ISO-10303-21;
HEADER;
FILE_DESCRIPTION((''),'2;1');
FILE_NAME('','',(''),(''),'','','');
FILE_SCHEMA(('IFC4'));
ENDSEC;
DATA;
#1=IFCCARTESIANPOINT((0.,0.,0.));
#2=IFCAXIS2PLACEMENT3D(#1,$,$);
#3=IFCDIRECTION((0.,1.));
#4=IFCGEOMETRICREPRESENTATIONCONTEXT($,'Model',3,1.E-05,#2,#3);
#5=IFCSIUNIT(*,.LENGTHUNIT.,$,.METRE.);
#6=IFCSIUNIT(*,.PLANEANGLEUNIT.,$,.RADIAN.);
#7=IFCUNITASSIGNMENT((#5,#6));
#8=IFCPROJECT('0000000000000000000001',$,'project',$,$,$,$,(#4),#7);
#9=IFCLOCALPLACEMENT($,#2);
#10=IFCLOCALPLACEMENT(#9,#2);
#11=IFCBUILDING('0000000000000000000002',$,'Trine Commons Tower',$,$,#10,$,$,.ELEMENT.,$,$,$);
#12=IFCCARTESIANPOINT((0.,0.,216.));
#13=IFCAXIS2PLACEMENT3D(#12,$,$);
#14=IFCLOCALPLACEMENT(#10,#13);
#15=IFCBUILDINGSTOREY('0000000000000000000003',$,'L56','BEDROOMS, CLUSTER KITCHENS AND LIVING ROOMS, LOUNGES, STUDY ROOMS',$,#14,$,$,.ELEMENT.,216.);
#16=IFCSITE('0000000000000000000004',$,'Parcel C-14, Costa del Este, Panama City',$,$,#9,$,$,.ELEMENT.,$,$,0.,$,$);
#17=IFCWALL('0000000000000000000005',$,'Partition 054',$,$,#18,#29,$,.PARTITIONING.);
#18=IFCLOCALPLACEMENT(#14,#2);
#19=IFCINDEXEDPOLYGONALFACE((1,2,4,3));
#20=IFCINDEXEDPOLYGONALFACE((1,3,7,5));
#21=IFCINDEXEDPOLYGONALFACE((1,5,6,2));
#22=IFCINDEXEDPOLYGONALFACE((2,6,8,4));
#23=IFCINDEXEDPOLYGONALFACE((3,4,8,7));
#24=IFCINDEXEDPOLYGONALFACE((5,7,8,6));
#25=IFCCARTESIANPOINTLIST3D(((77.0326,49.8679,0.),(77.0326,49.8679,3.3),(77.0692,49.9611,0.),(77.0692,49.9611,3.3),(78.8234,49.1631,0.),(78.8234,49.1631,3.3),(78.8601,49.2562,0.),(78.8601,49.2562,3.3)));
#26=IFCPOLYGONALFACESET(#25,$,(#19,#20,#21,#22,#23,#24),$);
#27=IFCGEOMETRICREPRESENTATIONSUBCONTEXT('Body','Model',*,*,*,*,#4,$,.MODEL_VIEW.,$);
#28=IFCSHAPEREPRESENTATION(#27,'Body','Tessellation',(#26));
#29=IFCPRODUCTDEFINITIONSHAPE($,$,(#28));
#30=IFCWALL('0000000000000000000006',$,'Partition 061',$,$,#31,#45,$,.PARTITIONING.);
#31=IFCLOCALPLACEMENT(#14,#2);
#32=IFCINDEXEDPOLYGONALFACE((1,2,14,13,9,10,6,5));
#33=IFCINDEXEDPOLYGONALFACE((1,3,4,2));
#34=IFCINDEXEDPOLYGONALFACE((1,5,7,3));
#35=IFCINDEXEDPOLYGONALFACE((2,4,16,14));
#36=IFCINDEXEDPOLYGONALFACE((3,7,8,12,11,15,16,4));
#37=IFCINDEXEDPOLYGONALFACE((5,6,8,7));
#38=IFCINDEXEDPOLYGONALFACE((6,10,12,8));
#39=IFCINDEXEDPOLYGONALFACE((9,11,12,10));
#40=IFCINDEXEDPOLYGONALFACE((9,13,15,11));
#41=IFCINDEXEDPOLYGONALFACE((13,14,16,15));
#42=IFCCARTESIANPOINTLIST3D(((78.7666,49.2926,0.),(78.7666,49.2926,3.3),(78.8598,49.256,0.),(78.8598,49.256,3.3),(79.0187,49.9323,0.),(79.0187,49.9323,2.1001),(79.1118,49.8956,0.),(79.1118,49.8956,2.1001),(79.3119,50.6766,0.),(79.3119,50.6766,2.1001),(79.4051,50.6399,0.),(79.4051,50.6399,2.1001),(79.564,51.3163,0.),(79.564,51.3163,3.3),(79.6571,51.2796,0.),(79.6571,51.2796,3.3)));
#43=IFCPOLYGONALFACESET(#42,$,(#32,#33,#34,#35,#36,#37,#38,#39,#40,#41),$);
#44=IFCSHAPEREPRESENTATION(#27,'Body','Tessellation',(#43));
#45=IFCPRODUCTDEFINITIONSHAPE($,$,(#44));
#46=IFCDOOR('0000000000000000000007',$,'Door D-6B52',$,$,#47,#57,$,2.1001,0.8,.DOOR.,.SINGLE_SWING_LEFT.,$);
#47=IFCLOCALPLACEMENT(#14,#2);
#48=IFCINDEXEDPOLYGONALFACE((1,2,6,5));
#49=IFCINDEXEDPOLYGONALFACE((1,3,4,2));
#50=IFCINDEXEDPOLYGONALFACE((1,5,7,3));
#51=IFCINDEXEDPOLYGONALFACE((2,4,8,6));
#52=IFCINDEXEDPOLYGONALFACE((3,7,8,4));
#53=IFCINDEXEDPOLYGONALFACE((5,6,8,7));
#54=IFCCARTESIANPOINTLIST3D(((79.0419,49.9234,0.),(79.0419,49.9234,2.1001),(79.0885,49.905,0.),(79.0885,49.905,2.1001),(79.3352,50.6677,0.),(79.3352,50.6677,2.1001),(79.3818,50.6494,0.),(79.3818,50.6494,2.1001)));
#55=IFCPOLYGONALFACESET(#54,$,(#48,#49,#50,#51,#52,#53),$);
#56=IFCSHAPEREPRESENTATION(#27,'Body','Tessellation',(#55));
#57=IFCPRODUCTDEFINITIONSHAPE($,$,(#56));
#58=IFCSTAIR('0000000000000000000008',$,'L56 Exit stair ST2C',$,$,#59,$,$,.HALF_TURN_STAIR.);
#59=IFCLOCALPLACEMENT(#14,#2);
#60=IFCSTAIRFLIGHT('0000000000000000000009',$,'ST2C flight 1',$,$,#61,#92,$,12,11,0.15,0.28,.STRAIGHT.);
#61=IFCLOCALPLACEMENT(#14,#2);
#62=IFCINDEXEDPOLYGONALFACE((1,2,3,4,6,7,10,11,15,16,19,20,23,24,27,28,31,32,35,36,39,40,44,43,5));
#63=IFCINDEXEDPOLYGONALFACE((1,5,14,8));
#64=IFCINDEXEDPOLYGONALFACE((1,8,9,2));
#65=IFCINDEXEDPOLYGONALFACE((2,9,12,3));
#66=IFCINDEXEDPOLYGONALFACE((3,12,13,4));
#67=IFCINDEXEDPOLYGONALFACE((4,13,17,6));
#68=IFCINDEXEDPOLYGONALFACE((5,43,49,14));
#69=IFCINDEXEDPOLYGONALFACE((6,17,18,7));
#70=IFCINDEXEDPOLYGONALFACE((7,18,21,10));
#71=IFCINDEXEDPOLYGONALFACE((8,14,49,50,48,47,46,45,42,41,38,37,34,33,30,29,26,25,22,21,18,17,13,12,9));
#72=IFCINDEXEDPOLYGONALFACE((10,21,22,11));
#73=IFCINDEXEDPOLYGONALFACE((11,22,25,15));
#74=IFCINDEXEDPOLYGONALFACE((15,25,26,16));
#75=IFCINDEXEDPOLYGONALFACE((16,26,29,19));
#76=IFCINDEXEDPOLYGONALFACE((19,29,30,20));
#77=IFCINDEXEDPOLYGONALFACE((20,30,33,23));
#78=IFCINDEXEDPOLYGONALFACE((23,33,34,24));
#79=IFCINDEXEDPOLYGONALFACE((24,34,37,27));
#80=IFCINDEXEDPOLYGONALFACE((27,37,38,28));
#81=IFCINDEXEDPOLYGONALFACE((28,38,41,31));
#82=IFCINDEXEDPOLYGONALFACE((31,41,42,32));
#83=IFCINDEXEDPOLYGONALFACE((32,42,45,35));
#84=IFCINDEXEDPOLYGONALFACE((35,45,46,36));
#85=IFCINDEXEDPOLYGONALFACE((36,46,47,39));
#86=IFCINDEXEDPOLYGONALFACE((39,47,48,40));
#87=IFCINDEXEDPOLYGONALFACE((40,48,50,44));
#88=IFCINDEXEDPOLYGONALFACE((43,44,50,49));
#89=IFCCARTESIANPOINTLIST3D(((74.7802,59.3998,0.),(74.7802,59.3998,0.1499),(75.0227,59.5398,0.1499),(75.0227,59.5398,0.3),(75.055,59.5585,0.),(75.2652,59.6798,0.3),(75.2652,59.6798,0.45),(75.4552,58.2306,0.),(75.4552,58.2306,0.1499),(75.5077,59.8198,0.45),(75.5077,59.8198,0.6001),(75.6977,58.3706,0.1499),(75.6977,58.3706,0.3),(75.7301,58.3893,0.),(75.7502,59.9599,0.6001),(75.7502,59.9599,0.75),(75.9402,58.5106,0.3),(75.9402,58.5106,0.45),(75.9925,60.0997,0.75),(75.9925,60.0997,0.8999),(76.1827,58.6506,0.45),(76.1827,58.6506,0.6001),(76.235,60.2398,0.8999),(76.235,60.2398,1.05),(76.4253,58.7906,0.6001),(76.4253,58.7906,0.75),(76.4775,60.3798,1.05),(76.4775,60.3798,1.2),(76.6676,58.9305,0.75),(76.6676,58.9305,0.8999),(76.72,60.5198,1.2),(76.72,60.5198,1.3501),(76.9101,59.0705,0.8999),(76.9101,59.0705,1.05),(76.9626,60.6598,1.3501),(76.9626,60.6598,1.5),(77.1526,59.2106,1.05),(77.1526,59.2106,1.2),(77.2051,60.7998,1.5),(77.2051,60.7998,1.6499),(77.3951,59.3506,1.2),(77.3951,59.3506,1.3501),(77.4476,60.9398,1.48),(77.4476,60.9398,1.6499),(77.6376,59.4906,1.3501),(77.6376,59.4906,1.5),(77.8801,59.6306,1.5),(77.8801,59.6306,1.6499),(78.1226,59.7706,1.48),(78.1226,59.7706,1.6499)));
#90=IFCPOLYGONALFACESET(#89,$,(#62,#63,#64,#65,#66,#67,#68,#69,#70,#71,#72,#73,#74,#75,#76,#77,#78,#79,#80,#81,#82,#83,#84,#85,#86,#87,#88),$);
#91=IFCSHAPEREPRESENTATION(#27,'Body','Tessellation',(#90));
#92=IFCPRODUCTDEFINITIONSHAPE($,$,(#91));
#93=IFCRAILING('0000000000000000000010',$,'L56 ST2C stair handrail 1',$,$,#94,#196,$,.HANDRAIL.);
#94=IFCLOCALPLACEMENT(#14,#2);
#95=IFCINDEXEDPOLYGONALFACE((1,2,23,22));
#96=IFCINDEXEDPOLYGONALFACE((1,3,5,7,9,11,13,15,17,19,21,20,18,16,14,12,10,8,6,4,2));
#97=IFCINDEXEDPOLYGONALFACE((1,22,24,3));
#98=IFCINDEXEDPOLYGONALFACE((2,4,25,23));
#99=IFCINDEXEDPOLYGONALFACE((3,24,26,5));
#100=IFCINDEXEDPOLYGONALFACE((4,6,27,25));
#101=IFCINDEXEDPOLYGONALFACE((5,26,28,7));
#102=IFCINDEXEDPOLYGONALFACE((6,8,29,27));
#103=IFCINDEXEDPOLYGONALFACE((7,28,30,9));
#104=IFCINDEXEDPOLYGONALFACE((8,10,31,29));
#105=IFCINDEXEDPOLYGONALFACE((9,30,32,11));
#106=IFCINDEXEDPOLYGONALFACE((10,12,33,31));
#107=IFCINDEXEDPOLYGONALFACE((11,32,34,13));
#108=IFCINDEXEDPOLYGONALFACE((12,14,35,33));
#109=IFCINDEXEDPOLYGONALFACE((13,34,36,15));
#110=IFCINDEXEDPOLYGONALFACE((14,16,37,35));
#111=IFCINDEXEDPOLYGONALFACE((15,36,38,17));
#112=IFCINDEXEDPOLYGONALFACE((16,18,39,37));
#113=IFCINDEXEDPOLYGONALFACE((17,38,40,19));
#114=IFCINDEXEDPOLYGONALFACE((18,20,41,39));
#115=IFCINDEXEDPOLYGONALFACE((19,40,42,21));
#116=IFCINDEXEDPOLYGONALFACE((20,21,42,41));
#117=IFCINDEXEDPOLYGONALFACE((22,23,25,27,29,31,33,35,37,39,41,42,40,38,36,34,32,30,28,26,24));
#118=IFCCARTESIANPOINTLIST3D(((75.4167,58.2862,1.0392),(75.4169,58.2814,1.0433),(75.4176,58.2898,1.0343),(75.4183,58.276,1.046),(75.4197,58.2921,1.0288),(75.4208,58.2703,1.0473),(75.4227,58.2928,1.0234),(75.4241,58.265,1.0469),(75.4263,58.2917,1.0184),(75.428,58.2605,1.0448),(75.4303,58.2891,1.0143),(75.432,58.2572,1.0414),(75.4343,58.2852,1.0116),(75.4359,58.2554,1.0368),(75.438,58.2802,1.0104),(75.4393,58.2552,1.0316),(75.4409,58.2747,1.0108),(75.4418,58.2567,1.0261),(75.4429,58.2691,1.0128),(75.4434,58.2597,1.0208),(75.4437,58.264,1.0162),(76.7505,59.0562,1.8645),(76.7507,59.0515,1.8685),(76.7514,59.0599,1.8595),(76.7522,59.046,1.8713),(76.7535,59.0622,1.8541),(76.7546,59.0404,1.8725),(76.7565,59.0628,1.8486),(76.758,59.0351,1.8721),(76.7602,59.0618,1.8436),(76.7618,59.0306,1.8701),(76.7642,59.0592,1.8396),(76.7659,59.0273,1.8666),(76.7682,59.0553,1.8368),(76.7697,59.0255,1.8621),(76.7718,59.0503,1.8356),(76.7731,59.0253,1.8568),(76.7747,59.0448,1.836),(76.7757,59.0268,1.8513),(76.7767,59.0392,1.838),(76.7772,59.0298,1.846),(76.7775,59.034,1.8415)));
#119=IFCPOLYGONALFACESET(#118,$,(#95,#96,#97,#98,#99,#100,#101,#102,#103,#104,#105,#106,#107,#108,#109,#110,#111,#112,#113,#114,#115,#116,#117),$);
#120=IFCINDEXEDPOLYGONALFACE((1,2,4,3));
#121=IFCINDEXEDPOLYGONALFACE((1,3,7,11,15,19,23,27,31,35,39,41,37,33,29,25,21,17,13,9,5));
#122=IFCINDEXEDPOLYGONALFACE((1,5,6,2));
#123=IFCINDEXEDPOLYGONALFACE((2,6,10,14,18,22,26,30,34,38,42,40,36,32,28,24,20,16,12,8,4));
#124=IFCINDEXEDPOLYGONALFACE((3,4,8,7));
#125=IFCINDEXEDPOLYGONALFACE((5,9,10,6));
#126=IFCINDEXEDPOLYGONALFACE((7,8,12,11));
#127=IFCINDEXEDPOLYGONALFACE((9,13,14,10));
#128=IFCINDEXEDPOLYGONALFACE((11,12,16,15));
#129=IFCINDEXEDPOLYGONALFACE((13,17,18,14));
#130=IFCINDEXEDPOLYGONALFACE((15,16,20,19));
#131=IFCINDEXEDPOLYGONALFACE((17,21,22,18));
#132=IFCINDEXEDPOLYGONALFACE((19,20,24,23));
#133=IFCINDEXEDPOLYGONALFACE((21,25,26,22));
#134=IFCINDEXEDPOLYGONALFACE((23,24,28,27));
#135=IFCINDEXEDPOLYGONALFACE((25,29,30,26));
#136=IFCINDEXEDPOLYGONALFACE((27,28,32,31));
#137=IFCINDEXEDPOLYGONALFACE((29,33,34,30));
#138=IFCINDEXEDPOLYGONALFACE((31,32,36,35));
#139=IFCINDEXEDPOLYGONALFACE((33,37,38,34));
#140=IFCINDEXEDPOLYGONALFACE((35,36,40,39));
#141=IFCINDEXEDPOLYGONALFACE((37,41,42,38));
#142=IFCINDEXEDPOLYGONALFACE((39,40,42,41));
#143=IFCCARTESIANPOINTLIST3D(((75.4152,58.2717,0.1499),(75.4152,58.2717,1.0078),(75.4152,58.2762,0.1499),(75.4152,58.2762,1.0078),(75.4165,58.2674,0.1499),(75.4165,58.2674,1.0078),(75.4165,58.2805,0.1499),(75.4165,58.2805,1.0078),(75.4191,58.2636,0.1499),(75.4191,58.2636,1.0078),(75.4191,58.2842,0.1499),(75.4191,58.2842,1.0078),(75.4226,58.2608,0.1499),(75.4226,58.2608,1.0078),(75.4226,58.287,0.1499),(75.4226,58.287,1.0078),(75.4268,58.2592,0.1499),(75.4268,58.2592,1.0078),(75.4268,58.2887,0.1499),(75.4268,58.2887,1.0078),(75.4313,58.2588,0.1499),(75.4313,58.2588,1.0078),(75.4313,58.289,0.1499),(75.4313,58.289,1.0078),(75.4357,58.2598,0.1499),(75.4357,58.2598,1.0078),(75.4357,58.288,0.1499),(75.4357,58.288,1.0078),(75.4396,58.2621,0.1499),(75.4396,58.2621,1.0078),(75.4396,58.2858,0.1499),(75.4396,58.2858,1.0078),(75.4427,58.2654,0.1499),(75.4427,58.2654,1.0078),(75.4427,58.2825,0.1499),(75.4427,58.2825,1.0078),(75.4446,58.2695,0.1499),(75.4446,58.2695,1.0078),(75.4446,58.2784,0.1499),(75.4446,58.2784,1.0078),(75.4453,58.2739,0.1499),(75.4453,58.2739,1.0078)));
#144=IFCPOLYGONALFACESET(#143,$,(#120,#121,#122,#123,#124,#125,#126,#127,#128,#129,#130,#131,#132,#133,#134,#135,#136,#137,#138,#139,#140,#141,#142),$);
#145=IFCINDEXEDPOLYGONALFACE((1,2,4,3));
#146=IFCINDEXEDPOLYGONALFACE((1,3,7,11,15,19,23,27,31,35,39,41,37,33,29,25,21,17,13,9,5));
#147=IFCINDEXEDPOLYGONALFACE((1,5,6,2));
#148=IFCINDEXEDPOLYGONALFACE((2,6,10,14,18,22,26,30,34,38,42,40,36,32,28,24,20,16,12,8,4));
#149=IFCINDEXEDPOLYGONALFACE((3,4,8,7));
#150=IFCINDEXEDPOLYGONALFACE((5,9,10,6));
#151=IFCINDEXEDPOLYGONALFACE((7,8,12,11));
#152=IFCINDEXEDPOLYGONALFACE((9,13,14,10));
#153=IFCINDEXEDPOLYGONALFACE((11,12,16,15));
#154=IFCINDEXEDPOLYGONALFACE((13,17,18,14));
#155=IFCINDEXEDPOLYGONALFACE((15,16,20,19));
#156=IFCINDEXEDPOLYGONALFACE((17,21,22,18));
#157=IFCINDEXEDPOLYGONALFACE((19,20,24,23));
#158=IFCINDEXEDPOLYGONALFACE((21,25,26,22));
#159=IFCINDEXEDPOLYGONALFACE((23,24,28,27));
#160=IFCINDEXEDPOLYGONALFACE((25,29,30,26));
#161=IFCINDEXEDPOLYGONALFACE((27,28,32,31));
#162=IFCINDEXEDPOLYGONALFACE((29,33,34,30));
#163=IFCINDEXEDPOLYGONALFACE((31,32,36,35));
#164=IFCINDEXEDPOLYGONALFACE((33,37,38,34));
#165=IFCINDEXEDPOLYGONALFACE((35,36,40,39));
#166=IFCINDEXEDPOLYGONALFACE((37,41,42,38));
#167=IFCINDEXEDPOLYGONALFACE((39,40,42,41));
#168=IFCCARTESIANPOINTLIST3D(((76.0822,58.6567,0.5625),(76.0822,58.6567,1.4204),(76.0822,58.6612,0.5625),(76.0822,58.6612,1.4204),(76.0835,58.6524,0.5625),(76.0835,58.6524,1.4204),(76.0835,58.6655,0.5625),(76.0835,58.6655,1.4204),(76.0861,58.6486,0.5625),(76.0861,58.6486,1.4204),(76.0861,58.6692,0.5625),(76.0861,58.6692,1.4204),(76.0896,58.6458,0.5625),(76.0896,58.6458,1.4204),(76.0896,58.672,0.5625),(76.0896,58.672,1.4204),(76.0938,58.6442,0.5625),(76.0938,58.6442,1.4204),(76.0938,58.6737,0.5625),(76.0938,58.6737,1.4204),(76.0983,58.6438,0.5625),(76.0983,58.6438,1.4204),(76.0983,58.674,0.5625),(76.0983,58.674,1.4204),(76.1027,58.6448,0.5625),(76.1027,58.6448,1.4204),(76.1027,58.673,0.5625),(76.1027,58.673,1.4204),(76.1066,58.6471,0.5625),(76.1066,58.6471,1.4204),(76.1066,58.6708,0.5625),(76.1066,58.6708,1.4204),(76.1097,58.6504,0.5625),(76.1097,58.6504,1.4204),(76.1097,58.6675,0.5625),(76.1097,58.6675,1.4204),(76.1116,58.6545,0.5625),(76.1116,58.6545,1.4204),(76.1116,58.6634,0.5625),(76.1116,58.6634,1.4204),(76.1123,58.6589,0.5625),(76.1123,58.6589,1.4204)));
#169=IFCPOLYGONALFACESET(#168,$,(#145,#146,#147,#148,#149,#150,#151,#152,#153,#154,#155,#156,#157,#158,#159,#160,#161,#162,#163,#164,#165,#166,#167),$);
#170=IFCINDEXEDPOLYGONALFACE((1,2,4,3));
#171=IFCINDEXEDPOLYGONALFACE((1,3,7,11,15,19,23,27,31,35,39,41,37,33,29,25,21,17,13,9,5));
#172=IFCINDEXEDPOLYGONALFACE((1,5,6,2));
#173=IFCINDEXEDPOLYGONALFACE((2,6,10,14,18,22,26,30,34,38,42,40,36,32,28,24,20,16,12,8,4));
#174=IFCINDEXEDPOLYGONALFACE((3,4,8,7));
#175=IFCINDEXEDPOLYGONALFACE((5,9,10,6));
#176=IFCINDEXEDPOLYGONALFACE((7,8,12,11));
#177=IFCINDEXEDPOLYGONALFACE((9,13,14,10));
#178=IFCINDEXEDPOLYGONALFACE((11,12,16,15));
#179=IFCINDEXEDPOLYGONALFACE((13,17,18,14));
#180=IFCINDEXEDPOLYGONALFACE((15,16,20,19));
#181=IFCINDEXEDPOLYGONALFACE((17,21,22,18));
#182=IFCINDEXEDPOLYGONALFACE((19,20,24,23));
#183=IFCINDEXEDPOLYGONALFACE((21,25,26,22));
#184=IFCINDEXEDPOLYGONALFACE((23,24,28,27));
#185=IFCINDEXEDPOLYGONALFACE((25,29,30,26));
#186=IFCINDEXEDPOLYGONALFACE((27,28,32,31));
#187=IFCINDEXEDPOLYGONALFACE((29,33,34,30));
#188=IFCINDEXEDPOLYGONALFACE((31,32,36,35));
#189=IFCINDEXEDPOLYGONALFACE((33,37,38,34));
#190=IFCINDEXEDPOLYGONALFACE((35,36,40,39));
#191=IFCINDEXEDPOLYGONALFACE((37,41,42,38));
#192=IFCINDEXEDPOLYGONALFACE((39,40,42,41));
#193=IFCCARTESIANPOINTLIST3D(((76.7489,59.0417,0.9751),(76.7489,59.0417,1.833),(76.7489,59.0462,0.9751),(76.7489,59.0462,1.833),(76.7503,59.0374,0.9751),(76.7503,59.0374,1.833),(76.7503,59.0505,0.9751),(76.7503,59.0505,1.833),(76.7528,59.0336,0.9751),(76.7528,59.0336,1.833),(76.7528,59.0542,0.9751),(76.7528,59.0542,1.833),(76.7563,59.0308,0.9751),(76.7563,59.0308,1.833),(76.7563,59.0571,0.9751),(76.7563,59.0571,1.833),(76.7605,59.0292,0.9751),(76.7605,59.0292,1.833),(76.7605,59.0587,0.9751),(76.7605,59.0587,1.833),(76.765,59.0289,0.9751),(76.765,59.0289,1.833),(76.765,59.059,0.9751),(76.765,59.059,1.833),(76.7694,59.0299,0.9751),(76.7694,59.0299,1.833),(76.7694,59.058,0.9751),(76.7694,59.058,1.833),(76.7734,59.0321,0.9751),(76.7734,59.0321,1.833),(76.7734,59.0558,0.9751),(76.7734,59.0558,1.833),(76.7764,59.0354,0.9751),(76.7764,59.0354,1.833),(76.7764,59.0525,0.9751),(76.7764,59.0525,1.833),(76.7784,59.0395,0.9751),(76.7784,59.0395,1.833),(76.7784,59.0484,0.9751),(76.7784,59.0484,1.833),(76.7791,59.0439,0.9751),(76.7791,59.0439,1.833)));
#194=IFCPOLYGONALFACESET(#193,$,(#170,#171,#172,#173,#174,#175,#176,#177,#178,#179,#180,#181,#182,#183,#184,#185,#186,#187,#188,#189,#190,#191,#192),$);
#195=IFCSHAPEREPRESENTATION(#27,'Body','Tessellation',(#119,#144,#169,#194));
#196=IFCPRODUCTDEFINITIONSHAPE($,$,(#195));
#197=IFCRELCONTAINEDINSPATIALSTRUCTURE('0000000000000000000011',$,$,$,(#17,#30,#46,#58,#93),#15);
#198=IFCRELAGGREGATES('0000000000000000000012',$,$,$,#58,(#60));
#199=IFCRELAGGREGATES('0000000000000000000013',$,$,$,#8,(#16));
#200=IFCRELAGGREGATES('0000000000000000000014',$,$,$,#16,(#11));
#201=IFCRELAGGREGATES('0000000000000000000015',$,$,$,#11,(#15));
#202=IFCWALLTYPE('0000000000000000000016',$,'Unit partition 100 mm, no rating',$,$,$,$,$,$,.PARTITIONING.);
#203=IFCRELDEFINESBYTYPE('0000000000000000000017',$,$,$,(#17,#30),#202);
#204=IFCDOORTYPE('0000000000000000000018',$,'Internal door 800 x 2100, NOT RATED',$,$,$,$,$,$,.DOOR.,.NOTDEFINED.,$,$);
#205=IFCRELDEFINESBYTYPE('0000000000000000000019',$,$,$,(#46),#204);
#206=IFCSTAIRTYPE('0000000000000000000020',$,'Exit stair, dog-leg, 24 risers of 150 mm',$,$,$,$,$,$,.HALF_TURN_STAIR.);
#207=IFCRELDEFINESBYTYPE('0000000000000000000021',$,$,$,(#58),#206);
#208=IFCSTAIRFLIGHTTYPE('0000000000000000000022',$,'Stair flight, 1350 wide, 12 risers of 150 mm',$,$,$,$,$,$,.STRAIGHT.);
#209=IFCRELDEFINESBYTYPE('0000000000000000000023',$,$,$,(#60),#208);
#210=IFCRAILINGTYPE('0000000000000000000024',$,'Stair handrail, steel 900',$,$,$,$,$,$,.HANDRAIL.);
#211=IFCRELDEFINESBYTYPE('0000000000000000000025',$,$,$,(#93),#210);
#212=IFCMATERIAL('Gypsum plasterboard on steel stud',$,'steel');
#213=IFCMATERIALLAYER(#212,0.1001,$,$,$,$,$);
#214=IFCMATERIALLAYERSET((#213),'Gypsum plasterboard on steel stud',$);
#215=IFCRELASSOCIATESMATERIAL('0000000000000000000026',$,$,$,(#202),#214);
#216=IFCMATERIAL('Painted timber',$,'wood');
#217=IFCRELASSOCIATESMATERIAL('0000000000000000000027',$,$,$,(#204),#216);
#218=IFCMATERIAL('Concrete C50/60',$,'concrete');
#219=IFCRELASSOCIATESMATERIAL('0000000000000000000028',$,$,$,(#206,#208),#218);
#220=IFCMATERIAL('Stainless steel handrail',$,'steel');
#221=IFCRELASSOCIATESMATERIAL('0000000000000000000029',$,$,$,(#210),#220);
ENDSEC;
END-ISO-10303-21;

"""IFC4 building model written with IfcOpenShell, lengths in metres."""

from ifc_helpers import new_model, si_unit, direction, frame, frame_2d, origin, origin_2d, place, context, subcontext, project, spatial, polyline, rectangle, circle, outline, extrude, material, layer, layer_set, type_object, element, fill, aggregate, save


model = new_model("IFC4")

# Units and contexts
model_context = context("Model", 3, precision=1e-05, world=origin(), true_north=direction((0.0, 1.0)))
body_context = subcontext(model_context, "Body", "Model", "MODEL_VIEW")
ifc_project = project(units=[si_unit("LENGTHUNIT", "METRE"), si_unit("PLANEANGLEUNIT", "RADIAN")], contexts=[model_context])

# Site, building, storey
site_placement = place(None, origin())
site = spatial("IfcSite", under=ifc_project, at=site_placement, Name="Parcel C-14, Costa del Este, Panama City", CompositionType="ELEMENT", RefElevation=0.0)
building_placement = place(site_placement, origin())
building = spatial("IfcBuilding", under=site, at=building_placement, Name="Trine Commons Tower", CompositionType="ELEMENT")
storey_placement = place(building_placement, frame((0.0, 0.0, 216.0)))
storey = spatial("IfcBuildingStorey", under=building, at=storey_placement, Name="L56", Description="BEDROOMS, CLUSTER KITCHENS AND LIVING ROOMS, LOUNGES, STUDY ROOMS", CompositionType="ELEMENT", Elevation=216.0)

# Shared definitions
ifc_material_1 = material(Name="Gypsum plasterboard on steel stud", Category="steel")

# Shared definitions
ifc_layer_1 = layer(ifc_material_1, 0.1001)
ifc_layer_set_1 = layer_set([ifc_layer_1], Name="Gypsum plasterboard on steel stud")
wall_type_1 = type_object("IfcWallType", Name="Unit partition 100 mm, no rating", PredefinedType="PARTITIONING", material=ifc_layer_set_1)
ifc_material_2 = material(Name="Painted timber", Category="wood")
door_type_1 = type_object("IfcDoorType", Name="Internal door 800 x 2100, NOT RATED", OperationType="NOTDEFINED", PredefinedType="DOOR", material=ifc_material_2)

# Wall
wall_1_placement = place(storey_placement, frame((77.0508, 49.9146, 0.0), z_axis=(0.0, 0.0, 1.0), x_axis=(0.930518, -0.366245, 0.0)))
element("IfcWall", 1, at=wall_1_placement, inside=storey, type_object=wall_type_1, Name="Partition 054", PredefinedType="PARTITIONING", context=body_context, shape_type="SweptSolid", body=[
    extrude(rectangle(XDim=1.9246, YDim=0.1001, at=frame_2d((0.9624, 0.0))), origin(), (0.0, 0.0, 1.0), 3.3),
])

# Wall, opening, door
wall_2_placement = place(storey_placement, frame((78.8132, 49.2744, 0.0), z_axis=(0.0, 0.0, 1.0), x_axis=(0.366586, 0.930384, 0.0)))
wall_2 = element("IfcWall", 2, at=wall_2_placement, inside=storey, type_object=wall_type_1, Name="Partition 061", PredefinedType="PARTITIONING", context=body_context, shape_type="SweptSolid", body=[
    extrude(rectangle(XDim=2.175, YDim=0.1001, at=frame_2d((1.0874, 0.0))), origin(), (0.0, 0.0, 1.0), 3.3),
])
opening_1_placement = place(wall_2_placement, frame((0.6875, 0.0, 0.0)))
opening_1 = element("IfcOpeningElement", 3, at=opening_1_placement, cuts=wall_2, PredefinedType="OPENING", context=body_context, shape_type="SweptSolid", body=[
    extrude(rectangle(XDim=0.8, YDim=2.1001, at=frame_2d((0.3999, 1.05))), frame((0.0, 0.0601, 0.0), z_axis=(0.0, -1.0, 0.0), x_axis=(1.0, 0.0, 0.0)), (0.0, 0.0, 1.0), 0.1201),
])
door_1_placement = place(opening_1_placement, frame((0.8, 0.0, 0.0), z_axis=(0.0, 0.0, 1.0), x_axis=(-1.0, 0.0, 0.0)))
door_1 = element("IfcDoor", 4, at=door_1_placement, inside=storey, type_object=door_type_1, Name="Door D-6B52", OperationType="SINGLE_SWING_LEFT", OverallHeight=2.1001, OverallWidth=0.8, PredefinedType="DOOR", context=body_context, shape_type="SweptSolid", body=[
    extrude(rectangle(XDim=0.8, YDim=2.1001, at=frame_2d((0.3999, 1.05))), frame((0.0, 0.0249, 0.0), z_axis=(0.0, -1.0, 0.0), x_axis=(1.0, 0.0, 0.0)), (0.0, 0.0, 1.0), 0.05),
])
fill(opening_1, door_1)

# Stair, stair flight
ifc_material_3 = material(Name="Concrete C50/60", Category="concrete")
stair_type = type_object("IfcStairType", Name="Exit stair, dog-leg, 24 risers of 150 mm", PredefinedType="HALF_TURN_STAIR", material=ifc_material_3)
stair_placement = place(storey_placement, origin())
stair = element("IfcStair", 5, at=stair_placement, inside=storey, type_object=stair_type, Name="L56 Exit stair ST2C", PredefinedType="HALF_TURN_STAIR")
stair_flight_type = type_object("IfcStairFlightType", Name="Stair flight, 1350 wide, 12 risers of 150 mm", PredefinedType="STRAIGHT", material=ifc_material_3)
stair_flight_placement = place(storey_placement, frame((75.1177, 58.8152, 0.0), z_axis=(0.0, 0.0, 1.0), x_axis=(0.866025, 0.5, 0.0)))
stair_flight = element("IfcStairFlight", 6, at=stair_flight_placement, type_object=stair_flight_type, Name="ST2C flight 1", NumberOfRisers=12, NumberOfTreads=11, PredefinedType="STRAIGHT", RiserHeight=0.15, TreadLength=0.28, context=body_context, shape_type="SweptSolid", body=[
    extrude(outline(polyline([(0.0, 0.0), (0.0, 0.1499), (0.28, 0.1499), (0.28, 0.3), (0.5601, 0.3), (0.5601, 0.45), (0.8401, 0.45), (0.8401, 0.6001), (1.1201, 0.6001), (1.1201, 0.75), (1.3999, 0.75), (1.3999, 0.8999), (1.6799, 0.8999), (1.6799, 1.05), (1.96, 1.05), (1.96, 1.2), (2.24, 1.2), (2.24, 1.3501), (2.52, 1.3501), (2.52, 1.5), (2.8, 1.5), (2.8, 1.6499), (3.0801, 1.6499), (3.0801, 1.8), (3.0801, 1.48), (0.3174, 0.0), (0.0, 0.0)])), frame((0.0, 0.675, 0.0), z_axis=(0.0, -1.0, 0.0), x_axis=(1.0, 0.0, 0.0)), (0.0, 0.0, 1.0), 1.3501),
])
aggregate(stair, [stair_flight])

# Railing
ifc_material_4 = material(Name="Stainless steel handrail", Category="steel")
railing_type = type_object("IfcRailingType", Name="Stair handrail, steel 900", PredefinedType="HANDRAIL", material=ifc_material_4)
railing_placement = place(storey_placement, frame((75.4302, 58.2739, 0.1499)))
element("IfcRailing", 7, at=railing_placement, inside=storey, type_object=railing_type, Name="L56 ST2C stair handrail 1", PredefinedType="HANDRAIL", context=body_context, shape_type="SweptSolid", body=[
    extrude(circle(Radius=0.021, at=origin_2d()), frame((0.0, 0.0, 0.8789), z_axis=(0.763355, 0.440714, 0.472293), x_axis=(-0.499992, 0.86603, 0.0)), (0.0, 0.0, 1.0), 1.7473),
    extrude(circle(Radius=0.0151, at=origin_2d()), origin(), (0.0, 0.0, 1.0), 0.8579),
    extrude(circle(Radius=0.0151, at=origin_2d()), frame((0.667, 0.385, 0.4126)), (0.0, 0.0, 1.0), 0.8579),
    extrude(circle(Radius=0.0151, at=origin_2d()), frame((1.3337, 0.77, 0.8252)), (0.0, 0.0, 1.0), 0.8579),
])

save(model, "model.ifc")
